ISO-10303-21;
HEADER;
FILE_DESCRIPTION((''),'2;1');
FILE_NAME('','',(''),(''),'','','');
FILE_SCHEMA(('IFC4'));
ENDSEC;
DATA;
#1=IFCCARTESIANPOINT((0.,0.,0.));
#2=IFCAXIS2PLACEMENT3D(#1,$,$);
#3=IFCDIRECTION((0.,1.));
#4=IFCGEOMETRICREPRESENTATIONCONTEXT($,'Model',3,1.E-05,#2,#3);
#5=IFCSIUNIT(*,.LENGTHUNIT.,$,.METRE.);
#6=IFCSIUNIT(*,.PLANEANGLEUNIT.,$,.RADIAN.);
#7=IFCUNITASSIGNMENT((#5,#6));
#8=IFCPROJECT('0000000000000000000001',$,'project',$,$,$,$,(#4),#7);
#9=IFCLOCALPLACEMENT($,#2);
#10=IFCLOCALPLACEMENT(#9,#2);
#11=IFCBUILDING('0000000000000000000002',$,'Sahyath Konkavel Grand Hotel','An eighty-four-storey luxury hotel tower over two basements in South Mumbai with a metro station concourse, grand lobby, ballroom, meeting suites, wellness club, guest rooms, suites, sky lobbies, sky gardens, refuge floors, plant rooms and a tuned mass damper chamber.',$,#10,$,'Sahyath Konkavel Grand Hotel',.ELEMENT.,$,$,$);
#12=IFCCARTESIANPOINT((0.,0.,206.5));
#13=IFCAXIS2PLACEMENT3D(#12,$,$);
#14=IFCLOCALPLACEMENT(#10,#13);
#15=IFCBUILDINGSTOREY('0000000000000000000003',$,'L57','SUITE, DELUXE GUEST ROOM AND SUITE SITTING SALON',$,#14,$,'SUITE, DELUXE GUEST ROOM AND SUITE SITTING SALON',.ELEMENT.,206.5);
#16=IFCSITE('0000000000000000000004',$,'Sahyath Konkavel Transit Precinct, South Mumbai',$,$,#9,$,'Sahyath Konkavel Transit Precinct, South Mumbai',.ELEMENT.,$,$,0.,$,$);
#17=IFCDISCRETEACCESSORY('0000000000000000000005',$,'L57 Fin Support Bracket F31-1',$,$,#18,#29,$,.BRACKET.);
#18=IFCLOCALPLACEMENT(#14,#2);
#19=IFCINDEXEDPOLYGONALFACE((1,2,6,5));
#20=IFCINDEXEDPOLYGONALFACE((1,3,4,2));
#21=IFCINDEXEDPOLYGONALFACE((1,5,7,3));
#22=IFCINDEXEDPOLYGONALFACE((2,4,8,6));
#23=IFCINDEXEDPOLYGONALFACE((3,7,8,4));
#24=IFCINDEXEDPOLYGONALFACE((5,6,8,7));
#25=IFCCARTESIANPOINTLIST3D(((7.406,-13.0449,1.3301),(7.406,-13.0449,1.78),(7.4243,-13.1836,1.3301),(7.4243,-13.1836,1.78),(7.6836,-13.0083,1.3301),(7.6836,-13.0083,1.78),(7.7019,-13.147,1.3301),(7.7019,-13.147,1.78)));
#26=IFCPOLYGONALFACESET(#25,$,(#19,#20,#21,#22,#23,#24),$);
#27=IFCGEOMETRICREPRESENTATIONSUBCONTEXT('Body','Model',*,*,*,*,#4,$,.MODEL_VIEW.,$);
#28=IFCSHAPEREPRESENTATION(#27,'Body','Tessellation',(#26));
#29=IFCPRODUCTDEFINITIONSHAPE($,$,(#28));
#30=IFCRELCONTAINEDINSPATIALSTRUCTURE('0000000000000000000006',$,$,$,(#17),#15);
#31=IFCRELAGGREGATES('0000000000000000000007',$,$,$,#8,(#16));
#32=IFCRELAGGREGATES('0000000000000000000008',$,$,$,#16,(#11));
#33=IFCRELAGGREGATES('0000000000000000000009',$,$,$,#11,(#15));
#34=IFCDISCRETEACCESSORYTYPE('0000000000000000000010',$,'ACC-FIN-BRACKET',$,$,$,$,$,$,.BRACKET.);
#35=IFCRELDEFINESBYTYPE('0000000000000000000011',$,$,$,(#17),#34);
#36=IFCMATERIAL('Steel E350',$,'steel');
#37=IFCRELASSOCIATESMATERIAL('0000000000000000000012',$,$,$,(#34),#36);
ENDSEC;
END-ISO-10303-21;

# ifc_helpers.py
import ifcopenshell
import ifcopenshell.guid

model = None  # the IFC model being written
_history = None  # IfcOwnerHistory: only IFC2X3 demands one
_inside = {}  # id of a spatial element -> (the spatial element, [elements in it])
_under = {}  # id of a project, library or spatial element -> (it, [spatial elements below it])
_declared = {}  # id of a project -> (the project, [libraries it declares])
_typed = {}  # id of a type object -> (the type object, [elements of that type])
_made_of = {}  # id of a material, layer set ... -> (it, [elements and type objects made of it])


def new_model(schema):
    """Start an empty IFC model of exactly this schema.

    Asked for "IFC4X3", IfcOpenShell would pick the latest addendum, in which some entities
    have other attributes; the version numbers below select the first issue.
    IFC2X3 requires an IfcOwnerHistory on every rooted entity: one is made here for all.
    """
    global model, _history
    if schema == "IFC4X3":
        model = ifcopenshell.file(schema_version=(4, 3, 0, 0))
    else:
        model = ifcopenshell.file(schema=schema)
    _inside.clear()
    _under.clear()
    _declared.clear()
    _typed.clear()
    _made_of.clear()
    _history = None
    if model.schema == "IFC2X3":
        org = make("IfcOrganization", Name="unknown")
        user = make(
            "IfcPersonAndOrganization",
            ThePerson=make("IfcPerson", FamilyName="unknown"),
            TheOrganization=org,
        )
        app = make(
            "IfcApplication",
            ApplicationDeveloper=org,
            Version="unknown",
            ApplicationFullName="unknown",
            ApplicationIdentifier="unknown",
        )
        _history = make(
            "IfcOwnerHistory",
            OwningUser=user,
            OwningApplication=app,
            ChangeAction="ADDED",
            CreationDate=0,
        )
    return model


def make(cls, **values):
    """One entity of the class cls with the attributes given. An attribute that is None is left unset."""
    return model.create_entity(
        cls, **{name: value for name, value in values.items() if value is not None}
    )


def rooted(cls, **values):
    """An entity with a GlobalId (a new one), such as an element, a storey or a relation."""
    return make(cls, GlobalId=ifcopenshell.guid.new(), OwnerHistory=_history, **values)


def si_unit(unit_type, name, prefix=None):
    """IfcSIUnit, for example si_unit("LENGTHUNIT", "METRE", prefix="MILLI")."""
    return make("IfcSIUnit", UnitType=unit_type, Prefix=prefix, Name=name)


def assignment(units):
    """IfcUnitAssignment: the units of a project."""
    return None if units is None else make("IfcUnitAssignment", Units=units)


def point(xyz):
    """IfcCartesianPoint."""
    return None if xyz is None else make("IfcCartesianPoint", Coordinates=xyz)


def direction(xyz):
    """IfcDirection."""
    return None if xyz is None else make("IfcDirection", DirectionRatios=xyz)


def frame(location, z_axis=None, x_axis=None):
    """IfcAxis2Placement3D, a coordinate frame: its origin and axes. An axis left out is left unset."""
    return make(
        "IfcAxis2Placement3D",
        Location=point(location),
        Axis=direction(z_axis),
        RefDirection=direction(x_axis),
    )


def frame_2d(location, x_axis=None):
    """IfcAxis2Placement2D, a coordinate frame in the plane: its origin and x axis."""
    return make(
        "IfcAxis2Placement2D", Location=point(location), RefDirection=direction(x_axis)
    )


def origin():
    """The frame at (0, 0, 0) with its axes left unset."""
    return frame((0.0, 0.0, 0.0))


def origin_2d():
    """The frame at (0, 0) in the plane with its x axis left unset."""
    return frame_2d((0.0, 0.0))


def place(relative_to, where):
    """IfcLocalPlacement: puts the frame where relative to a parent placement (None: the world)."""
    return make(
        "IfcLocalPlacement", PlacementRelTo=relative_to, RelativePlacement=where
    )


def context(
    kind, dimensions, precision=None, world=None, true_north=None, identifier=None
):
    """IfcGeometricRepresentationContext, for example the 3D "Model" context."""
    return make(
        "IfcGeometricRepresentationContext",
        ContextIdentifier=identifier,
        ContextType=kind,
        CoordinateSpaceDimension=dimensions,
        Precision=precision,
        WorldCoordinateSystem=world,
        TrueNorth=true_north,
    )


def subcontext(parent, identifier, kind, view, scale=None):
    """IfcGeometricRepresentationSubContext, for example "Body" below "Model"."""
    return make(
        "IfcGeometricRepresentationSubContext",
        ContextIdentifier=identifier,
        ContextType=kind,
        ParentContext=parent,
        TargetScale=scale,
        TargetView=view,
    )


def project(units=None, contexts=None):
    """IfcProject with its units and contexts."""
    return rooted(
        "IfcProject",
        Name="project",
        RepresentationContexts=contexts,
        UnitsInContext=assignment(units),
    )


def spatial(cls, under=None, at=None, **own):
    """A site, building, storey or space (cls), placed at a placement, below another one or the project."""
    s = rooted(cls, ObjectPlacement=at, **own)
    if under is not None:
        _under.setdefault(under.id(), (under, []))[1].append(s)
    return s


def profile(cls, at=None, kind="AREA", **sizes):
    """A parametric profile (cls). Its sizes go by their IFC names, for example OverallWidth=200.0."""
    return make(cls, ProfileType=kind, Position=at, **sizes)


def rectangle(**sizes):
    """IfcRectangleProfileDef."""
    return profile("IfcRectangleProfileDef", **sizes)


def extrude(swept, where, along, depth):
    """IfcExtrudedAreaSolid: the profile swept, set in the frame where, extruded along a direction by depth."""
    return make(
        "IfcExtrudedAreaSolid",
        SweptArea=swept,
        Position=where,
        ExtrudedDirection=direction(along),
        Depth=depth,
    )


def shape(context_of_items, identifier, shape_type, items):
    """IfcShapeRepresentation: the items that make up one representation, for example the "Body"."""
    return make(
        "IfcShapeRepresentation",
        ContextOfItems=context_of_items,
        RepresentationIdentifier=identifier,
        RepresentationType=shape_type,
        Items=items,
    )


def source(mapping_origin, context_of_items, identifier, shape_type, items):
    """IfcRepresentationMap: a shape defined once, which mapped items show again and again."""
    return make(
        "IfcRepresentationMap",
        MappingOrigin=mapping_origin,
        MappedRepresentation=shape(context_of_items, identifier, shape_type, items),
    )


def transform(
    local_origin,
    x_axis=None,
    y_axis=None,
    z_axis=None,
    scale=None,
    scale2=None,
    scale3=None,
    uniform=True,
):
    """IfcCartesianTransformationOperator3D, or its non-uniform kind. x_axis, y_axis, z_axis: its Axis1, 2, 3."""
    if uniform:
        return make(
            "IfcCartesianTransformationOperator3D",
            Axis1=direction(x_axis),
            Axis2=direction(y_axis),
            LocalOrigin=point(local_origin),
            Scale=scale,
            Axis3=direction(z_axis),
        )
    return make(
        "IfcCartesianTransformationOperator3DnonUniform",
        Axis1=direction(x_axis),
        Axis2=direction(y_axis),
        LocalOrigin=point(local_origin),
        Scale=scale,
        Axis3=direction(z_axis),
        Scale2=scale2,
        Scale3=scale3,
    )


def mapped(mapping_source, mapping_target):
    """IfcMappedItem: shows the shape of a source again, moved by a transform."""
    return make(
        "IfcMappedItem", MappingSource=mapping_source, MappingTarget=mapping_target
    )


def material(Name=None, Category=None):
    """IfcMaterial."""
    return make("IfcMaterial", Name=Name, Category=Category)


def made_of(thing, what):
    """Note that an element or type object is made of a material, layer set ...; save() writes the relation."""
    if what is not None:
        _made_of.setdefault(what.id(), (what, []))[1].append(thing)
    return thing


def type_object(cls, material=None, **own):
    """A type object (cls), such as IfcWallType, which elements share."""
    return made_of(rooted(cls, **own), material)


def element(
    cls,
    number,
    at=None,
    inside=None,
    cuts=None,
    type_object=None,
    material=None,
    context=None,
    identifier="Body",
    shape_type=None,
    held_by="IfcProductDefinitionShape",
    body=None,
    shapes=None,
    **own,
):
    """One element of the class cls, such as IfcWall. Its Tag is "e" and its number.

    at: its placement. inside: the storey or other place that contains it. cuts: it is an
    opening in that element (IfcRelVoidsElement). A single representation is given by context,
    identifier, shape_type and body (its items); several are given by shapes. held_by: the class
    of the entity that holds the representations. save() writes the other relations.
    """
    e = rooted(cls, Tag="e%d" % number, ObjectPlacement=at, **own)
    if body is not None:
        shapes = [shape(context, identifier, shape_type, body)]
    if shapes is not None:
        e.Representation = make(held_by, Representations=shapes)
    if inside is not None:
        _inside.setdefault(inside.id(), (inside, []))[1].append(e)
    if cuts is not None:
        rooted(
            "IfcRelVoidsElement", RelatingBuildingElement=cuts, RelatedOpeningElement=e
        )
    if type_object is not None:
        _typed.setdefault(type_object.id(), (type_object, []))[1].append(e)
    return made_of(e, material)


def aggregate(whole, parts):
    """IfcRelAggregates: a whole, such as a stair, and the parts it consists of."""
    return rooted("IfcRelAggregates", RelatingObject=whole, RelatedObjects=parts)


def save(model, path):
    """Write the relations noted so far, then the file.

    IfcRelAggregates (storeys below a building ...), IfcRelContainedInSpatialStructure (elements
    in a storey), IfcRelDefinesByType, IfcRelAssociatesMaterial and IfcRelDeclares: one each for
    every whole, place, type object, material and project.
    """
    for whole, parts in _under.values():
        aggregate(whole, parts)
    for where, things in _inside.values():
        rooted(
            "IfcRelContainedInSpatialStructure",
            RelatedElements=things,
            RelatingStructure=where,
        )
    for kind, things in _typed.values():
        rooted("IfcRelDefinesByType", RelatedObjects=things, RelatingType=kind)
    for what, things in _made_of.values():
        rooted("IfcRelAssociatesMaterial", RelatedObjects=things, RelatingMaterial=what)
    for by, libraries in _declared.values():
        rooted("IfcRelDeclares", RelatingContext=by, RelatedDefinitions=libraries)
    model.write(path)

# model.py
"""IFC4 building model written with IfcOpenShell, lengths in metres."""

from ifc_helpers import new_model, si_unit, direction, frame, origin, origin_2d, place, context, subcontext, project, spatial, rectangle, extrude, source, transform, mapped, material, type_object, element, save


model = new_model("IFC4")

# Units and contexts
model_context = context("Model", 3, precision=1e-05, world=origin(), true_north=direction((0.0, 1.0)))
body_context = subcontext(model_context, "Body", "Model", "MODEL_VIEW")
ifc_project = project(units=[si_unit("LENGTHUNIT", "METRE"), si_unit("PLANEANGLEUNIT", "RADIAN")], contexts=[model_context])

# Site, building, storey
site_placement = place(None, origin())
site = spatial("IfcSite", under=ifc_project, at=site_placement, Name="Sahyath Konkavel Transit Precinct, South Mumbai", LongName="Sahyath Konkavel Transit Precinct, South Mumbai", CompositionType="ELEMENT", RefElevation=0.0)
building_placement = place(site_placement, origin())
building = spatial("IfcBuilding", under=site, at=building_placement, Name="Sahyath Konkavel Grand Hotel", Description="An eighty-four-storey luxury hotel tower over two basements in South Mumbai with a metro station concourse, grand lobby, ballroom, meeting suites, wellness club, guest rooms, suites, sky lobbies, sky gardens, refuge floors, plant rooms and a tuned mass damper chamber.", LongName="Sahyath Konkavel Grand Hotel", CompositionType="ELEMENT")
storey_placement = place(building_placement, frame((0.0, 0.0, 206.5)))
storey = spatial("IfcBuildingStorey", under=building, at=storey_placement, Name="L57", Description="SUITE, DELUXE GUEST ROOM AND SUITE SITTING SALON", LongName="SUITE, DELUXE GUEST ROOM AND SUITE SITTING SALON", CompositionType="ELEMENT", Elevation=206.5)

# Discrete accessory
ifc_material_1 = material(Name="Steel E350", Category="steel")
discrete_accessory_type = type_object("IfcDiscreteAccessoryType", Name="ACC-FIN-BRACKET", PredefinedType="BRACKET", material=ifc_material_1)
shared_shape_1 = source(origin(), body_context, "Body", "SweptSolid", [
    extrude(rectangle(XDim=0.28, YDim=0.1399, at=origin_2d()), origin(), (0.0, 0.0, 1.0), 0.45),
])
discrete_accessory_placement = place(storey_placement, frame((7.554, -13.0959, 1.3301), z_axis=(0.0, 0.0, 1.0), x_axis=(0.991445, 0.130526, 0.0)))
element("IfcDiscreteAccessory", 1, at=discrete_accessory_placement, inside=storey, type_object=discrete_accessory_type, Name="L57 Fin Support Bracket F31-1", PredefinedType="BRACKET", context=body_context, shape_type="MappedRepresentation", body=[
    mapped(shared_shape_1, transform((0.0, 0.0, 0.0), scale=1.0)),
])

save(model, "model.ifc")
